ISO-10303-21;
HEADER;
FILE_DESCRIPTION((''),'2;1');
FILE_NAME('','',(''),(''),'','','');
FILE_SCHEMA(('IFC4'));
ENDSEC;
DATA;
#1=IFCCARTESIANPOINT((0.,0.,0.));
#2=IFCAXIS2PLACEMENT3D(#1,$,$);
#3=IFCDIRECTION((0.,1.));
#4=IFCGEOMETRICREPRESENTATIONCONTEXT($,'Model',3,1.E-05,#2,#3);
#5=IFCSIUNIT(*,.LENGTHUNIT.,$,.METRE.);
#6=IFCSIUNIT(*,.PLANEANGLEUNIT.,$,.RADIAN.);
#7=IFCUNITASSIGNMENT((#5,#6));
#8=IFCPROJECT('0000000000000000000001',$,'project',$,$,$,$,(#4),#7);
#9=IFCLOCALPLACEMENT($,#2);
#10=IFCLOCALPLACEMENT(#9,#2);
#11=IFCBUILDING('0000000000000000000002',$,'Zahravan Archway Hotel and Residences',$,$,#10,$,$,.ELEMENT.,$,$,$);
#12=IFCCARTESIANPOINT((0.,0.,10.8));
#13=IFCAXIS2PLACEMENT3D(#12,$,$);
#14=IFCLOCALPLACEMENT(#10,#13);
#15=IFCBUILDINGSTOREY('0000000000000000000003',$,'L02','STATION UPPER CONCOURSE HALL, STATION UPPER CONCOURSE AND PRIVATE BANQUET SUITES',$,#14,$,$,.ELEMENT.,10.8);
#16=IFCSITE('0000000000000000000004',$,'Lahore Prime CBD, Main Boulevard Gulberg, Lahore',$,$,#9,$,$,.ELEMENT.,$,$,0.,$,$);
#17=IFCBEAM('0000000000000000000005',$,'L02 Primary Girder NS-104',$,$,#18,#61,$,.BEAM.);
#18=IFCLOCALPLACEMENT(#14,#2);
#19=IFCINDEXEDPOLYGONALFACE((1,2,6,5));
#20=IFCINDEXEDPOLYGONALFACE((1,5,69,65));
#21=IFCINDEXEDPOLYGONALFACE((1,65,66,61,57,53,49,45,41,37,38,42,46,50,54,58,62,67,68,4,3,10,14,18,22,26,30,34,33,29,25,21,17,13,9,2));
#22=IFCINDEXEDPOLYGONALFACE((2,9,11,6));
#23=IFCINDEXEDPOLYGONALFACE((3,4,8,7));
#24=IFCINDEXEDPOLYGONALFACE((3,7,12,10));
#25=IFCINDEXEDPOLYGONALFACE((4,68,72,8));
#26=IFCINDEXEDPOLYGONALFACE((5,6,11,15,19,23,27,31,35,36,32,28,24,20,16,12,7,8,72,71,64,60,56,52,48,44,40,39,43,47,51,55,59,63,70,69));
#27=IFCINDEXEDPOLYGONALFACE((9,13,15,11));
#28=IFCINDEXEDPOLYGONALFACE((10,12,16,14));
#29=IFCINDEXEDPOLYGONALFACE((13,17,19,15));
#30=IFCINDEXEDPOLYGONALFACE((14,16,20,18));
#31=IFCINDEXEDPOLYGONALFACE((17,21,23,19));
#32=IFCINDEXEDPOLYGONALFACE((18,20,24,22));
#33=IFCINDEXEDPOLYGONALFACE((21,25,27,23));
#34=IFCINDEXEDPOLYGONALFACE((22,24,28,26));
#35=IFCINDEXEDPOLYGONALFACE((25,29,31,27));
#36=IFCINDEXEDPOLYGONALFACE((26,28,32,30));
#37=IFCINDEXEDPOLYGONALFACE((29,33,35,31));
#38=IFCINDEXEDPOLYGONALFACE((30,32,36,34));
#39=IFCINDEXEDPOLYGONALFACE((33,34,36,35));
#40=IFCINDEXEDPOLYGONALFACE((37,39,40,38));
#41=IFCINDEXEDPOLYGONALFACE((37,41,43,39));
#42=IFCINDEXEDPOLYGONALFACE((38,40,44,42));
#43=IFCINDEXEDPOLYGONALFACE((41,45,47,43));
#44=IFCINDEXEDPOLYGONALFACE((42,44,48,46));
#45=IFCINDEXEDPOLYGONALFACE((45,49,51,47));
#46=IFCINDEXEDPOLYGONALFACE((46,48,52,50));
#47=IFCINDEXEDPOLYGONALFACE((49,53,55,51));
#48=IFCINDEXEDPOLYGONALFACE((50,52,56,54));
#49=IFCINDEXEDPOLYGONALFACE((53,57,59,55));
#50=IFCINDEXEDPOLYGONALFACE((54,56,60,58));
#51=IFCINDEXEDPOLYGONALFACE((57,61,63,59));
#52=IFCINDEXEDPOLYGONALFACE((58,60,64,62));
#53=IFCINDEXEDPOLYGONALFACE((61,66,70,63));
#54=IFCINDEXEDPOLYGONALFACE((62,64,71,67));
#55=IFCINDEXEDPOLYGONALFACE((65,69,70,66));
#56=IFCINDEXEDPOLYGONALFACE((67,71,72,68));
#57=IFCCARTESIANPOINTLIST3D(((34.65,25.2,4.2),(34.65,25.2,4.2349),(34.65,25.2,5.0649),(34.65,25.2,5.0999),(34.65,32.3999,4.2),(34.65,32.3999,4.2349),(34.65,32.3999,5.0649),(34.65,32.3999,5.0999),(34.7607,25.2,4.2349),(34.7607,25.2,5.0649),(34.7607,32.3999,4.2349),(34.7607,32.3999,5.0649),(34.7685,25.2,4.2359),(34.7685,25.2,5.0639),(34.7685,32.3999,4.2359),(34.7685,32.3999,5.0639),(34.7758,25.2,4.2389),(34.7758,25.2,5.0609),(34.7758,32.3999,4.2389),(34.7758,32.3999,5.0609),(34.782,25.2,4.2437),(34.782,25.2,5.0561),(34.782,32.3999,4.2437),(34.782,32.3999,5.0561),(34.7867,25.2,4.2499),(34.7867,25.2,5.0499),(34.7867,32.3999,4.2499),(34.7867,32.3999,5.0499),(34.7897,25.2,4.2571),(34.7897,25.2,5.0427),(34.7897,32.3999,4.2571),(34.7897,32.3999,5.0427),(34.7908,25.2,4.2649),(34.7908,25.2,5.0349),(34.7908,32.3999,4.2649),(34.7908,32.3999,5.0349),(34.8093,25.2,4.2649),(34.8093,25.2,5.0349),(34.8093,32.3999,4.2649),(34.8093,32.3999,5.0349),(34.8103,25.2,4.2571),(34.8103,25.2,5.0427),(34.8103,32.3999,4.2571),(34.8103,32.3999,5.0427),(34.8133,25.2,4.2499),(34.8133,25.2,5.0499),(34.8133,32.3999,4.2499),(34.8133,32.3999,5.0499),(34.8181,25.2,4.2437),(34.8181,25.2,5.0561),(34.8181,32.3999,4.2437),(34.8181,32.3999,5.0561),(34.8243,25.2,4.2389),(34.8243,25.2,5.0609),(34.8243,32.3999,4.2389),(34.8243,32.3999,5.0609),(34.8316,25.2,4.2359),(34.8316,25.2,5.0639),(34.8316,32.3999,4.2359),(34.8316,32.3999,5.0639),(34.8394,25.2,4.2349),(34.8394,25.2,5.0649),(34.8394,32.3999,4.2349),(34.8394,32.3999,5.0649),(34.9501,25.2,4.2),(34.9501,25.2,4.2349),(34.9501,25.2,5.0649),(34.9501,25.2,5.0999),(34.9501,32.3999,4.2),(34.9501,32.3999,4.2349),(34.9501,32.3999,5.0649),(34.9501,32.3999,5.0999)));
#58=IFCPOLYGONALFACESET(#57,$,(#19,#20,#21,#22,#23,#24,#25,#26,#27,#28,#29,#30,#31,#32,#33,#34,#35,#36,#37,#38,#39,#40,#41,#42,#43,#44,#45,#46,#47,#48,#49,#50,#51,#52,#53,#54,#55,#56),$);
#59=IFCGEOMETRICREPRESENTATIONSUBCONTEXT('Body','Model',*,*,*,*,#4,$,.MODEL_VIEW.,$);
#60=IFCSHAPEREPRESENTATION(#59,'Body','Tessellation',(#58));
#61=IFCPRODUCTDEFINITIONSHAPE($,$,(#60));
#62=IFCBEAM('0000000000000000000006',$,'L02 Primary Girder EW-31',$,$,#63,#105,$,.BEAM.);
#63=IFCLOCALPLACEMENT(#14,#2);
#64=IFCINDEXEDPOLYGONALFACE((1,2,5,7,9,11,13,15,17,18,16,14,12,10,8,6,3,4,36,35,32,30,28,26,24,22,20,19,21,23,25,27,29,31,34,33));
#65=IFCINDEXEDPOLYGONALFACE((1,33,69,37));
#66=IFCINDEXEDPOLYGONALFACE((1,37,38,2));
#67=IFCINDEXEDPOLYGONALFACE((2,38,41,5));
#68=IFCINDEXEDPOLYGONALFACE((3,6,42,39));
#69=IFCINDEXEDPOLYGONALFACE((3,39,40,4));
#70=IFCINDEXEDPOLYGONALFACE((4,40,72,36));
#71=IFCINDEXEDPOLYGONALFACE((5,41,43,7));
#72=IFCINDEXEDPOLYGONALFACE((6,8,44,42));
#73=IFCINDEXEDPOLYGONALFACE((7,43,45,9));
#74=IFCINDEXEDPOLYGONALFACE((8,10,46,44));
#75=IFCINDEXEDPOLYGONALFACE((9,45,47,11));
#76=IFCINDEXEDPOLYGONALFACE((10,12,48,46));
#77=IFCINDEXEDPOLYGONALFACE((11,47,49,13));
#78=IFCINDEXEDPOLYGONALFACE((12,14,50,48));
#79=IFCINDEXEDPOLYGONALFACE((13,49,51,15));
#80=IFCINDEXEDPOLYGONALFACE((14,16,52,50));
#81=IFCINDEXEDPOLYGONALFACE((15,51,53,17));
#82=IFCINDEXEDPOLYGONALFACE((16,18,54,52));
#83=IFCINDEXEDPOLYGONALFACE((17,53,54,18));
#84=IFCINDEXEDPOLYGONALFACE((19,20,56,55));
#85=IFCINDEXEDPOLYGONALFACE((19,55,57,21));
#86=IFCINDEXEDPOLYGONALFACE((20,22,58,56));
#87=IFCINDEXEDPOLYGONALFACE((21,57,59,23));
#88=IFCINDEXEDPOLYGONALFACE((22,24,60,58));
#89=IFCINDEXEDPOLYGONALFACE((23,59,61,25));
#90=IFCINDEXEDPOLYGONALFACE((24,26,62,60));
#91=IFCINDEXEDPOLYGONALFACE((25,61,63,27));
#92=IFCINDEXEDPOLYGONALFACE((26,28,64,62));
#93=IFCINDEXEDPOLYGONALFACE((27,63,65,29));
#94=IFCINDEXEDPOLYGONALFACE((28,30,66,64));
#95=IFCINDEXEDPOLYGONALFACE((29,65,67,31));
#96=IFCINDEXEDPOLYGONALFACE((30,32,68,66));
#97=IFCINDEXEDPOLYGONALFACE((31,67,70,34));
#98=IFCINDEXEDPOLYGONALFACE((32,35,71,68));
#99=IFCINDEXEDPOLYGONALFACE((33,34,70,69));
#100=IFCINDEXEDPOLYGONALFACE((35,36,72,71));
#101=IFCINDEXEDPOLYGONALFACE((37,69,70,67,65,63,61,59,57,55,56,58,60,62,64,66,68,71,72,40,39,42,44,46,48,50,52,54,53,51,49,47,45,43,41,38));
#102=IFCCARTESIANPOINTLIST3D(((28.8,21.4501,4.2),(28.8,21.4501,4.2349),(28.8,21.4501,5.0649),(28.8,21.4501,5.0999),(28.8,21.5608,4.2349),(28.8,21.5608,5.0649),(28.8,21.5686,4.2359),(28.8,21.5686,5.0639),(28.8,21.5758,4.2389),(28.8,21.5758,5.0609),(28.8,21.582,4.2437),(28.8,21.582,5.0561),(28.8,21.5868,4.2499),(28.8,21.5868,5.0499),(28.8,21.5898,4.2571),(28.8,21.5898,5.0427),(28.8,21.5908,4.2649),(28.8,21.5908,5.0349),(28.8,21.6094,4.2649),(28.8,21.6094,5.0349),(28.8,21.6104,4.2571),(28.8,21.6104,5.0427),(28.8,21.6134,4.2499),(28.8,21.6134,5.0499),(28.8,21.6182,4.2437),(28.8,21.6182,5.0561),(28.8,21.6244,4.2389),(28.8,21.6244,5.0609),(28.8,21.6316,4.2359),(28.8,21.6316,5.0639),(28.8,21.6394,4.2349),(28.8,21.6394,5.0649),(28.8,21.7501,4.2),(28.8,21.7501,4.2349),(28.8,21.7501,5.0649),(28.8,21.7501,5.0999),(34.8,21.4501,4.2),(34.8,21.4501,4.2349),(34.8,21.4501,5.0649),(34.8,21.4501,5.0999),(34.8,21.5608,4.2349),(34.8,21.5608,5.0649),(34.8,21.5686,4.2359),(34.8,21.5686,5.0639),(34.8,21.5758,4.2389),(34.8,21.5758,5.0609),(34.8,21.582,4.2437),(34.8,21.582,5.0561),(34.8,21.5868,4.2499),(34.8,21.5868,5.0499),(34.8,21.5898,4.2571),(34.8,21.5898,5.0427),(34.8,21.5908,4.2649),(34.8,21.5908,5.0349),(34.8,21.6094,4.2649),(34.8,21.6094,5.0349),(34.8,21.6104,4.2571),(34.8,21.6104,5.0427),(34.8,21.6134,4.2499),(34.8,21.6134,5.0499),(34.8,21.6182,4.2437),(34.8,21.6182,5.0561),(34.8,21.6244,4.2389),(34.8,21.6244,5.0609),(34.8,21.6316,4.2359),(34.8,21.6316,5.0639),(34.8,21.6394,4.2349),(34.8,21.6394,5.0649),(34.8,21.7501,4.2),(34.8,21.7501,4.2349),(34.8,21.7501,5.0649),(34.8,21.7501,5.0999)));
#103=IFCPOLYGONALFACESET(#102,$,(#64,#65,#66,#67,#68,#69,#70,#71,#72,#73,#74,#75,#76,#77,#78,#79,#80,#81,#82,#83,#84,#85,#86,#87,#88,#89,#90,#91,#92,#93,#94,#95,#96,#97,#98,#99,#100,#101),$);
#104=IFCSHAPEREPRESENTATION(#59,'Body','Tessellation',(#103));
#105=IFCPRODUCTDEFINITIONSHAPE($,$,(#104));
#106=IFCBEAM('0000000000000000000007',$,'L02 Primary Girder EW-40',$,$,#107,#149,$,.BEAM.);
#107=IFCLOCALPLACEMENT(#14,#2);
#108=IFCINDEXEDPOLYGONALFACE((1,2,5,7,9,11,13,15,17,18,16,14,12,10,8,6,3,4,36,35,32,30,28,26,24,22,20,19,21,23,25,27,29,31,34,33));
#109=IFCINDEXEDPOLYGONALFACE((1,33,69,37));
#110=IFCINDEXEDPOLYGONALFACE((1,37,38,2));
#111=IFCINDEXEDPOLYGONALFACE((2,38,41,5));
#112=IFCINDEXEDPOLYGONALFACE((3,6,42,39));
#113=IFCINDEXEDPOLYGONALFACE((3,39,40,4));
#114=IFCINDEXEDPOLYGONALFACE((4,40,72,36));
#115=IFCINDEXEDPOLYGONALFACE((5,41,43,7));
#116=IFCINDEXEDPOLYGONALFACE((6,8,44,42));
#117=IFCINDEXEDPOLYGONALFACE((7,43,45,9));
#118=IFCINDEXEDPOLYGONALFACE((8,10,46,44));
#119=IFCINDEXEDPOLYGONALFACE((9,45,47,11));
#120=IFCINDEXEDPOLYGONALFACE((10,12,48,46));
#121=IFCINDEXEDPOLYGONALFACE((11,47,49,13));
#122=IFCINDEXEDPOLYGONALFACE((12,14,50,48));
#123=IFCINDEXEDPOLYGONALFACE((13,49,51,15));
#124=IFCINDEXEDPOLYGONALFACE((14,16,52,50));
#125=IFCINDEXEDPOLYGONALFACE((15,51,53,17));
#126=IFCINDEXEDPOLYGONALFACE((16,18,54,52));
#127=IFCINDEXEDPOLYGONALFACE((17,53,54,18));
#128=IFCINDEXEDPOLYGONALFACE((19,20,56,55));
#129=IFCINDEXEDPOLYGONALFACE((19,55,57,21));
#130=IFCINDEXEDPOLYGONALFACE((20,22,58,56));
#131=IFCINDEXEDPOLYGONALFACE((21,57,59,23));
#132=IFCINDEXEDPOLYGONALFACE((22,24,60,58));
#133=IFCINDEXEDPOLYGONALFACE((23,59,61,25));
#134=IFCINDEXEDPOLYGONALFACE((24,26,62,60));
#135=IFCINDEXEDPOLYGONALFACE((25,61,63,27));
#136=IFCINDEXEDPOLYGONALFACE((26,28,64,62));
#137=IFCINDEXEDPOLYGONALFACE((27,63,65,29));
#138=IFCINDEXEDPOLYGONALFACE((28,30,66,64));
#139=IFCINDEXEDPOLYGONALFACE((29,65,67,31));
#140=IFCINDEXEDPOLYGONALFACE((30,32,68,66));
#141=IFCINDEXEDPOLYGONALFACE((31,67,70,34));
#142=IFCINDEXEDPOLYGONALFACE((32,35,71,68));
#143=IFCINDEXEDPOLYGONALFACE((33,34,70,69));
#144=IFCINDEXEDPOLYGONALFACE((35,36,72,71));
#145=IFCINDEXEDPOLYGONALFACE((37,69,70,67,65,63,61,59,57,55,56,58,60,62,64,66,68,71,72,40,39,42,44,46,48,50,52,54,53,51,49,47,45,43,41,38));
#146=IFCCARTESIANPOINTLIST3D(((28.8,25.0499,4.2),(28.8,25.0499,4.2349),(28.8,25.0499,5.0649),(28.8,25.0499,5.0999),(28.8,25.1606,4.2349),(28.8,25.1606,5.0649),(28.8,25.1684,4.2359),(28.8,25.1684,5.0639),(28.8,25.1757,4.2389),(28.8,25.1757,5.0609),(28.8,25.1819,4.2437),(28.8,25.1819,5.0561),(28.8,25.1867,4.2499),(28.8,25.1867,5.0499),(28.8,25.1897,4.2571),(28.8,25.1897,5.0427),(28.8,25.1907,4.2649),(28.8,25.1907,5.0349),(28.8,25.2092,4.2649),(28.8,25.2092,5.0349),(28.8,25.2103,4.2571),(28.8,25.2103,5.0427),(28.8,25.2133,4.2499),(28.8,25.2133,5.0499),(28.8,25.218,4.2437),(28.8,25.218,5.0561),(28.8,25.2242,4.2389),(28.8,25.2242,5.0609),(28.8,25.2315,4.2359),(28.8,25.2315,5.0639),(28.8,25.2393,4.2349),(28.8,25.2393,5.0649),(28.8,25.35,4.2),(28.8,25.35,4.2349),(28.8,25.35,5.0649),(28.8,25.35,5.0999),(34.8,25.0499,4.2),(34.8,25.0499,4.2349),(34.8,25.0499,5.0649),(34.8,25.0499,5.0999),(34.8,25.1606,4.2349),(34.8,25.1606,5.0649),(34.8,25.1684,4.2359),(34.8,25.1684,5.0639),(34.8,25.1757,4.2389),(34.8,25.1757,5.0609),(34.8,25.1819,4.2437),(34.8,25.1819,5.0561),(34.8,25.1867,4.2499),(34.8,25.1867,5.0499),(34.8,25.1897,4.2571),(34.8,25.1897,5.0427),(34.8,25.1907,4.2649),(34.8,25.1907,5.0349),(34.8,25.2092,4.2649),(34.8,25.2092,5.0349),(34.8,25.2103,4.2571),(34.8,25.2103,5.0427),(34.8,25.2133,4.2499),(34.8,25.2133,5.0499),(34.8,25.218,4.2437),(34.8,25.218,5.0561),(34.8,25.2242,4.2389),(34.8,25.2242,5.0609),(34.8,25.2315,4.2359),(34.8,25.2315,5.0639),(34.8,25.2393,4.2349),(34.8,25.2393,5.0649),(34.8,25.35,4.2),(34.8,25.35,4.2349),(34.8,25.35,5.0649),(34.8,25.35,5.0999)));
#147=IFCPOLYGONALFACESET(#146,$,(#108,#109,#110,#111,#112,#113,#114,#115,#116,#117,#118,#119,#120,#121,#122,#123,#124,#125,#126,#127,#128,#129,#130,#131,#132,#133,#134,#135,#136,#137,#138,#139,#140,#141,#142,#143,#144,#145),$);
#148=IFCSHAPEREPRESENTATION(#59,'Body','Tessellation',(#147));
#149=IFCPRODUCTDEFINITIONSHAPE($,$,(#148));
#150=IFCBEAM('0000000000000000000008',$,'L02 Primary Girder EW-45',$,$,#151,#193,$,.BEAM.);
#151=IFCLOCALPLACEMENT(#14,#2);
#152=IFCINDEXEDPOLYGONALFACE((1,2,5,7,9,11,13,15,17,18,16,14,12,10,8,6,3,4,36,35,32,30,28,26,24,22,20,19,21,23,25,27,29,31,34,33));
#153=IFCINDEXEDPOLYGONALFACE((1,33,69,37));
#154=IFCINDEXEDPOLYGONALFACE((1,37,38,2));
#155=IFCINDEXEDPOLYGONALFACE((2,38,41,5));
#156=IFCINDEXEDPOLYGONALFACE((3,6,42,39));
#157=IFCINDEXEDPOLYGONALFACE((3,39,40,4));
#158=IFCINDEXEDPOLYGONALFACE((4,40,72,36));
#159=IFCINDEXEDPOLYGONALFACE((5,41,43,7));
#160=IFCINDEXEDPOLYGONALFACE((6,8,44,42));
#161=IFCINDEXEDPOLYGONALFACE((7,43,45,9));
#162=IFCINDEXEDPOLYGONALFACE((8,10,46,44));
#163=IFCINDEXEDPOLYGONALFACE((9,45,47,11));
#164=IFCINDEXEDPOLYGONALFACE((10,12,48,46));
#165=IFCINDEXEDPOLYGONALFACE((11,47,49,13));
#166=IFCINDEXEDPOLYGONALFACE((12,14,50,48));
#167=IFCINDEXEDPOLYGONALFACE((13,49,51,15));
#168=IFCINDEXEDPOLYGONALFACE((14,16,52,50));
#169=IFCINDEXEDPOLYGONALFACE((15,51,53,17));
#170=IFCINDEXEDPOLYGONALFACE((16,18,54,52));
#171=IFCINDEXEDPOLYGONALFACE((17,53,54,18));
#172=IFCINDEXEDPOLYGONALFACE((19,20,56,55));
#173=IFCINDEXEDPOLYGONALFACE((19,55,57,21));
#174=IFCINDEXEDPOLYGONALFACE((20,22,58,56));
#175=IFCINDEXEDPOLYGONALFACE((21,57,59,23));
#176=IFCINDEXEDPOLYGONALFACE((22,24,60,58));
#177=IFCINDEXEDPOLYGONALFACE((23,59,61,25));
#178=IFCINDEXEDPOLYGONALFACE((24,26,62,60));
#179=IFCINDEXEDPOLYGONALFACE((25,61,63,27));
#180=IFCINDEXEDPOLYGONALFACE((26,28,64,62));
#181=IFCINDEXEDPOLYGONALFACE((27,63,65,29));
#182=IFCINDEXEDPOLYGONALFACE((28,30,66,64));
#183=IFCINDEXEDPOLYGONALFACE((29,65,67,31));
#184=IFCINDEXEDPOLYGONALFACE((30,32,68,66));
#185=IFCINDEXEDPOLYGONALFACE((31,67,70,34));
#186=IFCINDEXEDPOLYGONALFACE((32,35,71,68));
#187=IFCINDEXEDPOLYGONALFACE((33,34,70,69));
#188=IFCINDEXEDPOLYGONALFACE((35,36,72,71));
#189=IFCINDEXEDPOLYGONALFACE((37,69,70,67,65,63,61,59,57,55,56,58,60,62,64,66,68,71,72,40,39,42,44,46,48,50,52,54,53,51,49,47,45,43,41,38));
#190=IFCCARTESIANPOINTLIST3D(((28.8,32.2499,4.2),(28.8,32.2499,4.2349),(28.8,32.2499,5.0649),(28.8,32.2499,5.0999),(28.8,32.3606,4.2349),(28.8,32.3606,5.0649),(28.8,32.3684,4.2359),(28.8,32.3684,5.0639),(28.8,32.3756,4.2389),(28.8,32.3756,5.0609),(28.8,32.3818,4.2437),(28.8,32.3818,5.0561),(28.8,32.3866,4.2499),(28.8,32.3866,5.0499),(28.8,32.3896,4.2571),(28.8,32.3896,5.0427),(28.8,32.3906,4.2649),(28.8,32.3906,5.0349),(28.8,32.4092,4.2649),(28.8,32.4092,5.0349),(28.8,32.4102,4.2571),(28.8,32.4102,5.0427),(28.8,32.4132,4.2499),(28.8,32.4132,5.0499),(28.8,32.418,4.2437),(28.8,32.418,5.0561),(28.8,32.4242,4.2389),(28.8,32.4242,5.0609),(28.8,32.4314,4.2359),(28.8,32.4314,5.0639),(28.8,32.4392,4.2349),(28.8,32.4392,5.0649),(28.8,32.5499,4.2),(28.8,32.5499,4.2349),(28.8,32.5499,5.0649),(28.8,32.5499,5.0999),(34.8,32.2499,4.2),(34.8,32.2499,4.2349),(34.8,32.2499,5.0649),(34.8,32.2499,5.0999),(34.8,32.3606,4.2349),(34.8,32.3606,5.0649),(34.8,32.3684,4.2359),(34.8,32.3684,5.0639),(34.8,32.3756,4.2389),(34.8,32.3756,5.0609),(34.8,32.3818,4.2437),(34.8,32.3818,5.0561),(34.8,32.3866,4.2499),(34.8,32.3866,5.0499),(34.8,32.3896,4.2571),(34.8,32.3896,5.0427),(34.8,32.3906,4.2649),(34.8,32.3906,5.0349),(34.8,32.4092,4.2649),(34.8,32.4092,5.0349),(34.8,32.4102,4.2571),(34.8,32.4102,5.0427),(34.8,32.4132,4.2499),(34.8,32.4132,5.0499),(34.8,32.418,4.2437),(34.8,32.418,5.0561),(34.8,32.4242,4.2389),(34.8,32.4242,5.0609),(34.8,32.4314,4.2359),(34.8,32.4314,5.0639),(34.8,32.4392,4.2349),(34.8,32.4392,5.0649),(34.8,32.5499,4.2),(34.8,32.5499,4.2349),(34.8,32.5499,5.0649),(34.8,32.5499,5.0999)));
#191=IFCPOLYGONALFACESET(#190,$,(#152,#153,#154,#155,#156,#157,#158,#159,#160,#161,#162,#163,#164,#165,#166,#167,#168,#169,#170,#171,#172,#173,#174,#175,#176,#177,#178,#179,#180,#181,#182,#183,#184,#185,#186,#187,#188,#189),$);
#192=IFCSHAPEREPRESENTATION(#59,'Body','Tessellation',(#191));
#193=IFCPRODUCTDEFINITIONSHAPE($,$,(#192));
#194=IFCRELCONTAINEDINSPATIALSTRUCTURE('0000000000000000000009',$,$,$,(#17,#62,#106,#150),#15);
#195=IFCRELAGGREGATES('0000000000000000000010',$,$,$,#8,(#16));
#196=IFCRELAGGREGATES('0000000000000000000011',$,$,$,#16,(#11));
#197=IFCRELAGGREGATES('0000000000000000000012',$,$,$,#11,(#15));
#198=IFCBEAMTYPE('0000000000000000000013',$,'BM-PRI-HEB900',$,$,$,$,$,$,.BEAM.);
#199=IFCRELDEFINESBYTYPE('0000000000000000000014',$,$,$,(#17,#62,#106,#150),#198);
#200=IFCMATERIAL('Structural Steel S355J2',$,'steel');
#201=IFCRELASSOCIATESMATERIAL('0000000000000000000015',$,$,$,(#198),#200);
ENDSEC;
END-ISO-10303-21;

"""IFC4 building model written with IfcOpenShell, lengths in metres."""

from ifc_helpers import new_model, si_unit, direction, frame, origin, origin_2d, place, context, subcontext, project, spatial, i_section, extrude, source, transform, mapped, material, material_profile, profile_set, type_object, element, save


model = new_model("IFC4")

# Units and contexts
model_context = context("Model", 3, precision=1e-05, world=origin(), true_north=direction((0.0, 1.0)))
body_context = subcontext(model_context, "Body", "Model", "MODEL_VIEW")
ifc_project = project(units=[si_unit("LENGTHUNIT", "METRE"), si_unit("PLANEANGLEUNIT", "RADIAN")], contexts=[model_context])

# Site, building, storey
site_placement = place(None, origin())
site = spatial("IfcSite", under=ifc_project, at=site_placement, Name="Lahore Prime CBD, Main Boulevard Gulberg, Lahore", CompositionType="ELEMENT", RefElevation=0.0)
building_placement = place(site_placement, origin())
building = spatial("IfcBuilding", under=site, at=building_placement, Name="Zahravan Archway Hotel and Residences", CompositionType="ELEMENT")
storey_placement = place(building_placement, frame((0.0, 0.0, 10.8)))
storey = spatial("IfcBuildingStorey", under=building, at=storey_placement, Name="L02", Description="STATION UPPER CONCOURSE HALL, STATION UPPER CONCOURSE AND PRIVATE BANQUET SUITES", CompositionType="ELEMENT", Elevation=10.8)

# Beams
ifc_material_1 = material(Name="Structural Steel S355J2", Category="steel")
ifc_material_profile_1 = material_profile(ifc_material_1, i_section(OverallWidth=0.3, OverallDepth=0.8999, WebThickness=0.0186, FlangeThickness=0.0349, FilletRadius=0.03, at=origin_2d()), Name="HEB 900", Category="steel")
ifc_profile_set_1 = profile_set([ifc_material_profile_1], Name="Structural Steel S355J2")
beam_type_1 = type_object("IfcBeamType", Name="BM-PRI-HEB900", PredefinedType="BEAM", material=ifc_profile_set_1)
shared_shape_1 = source(origin(), body_context, "Body", "SweptSolid", [
    extrude(i_section(OverallWidth=0.3, OverallDepth=0.8999, WebThickness=0.0186, FlangeThickness=0.0349, FilletRadius=0.03, at=origin_2d()), origin(), (0.0, 0.0, 1.0), 7.2),
])
for number, where, z_axis, x_axis, name in (
    (1, (34.8, 25.2, 4.6499), (0.0, 1.0, 0.0), (-1.0, 0.0, 0.0), "L02 Primary Girder NS-104"),
):
    element("IfcBeam", number, at=place(storey_placement, frame(where, z_axis=z_axis, x_axis=x_axis)), inside=storey, type_object=beam_type_1, Name=name, PredefinedType="BEAM", context=body_context, shape_type="MappedRepresentation", body=[
        mapped(shared_shape_1, transform((0.0, 0.0, 0.0), scale=1.0)),
    ])
shared_shape_2 = source(origin(), body_context, "Body", "SweptSolid", [
    extrude(i_section(OverallWidth=0.3, OverallDepth=0.8999, WebThickness=0.0186, FlangeThickness=0.0349, FilletRadius=0.03, at=origin_2d()), origin(), (0.0, 0.0, 1.0), 6.0),
])
for number, where, z_axis, x_axis, name in (
    (2, (28.8, 21.6001, 4.6499), (1.0, 0.0, 0.0), (0.0, 1.0, 0.0), "L02 Primary Girder EW-31"),
    (3, (28.8, 25.2, 4.6499), (1.0, 0.0, 0.0), (0.0, 1.0, 0.0), "L02 Primary Girder EW-40"),
    (4, (28.8, 32.3999, 4.6499), (1.0, 0.0, 0.0), (0.0, 1.0, 0.0), "L02 Primary Girder EW-45"),
):
    element("IfcBeam", number, at=place(storey_placement, frame(where, z_axis=z_axis, x_axis=x_axis)), inside=storey, type_object=beam_type_1, Name=name, PredefinedType="BEAM", context=body_context, shape_type="MappedRepresentation", body=[
        mapped(shared_shape_2, transform((0.0, 0.0, 0.0), scale=1.0)),
    ])

save(model, "model.ifc")
